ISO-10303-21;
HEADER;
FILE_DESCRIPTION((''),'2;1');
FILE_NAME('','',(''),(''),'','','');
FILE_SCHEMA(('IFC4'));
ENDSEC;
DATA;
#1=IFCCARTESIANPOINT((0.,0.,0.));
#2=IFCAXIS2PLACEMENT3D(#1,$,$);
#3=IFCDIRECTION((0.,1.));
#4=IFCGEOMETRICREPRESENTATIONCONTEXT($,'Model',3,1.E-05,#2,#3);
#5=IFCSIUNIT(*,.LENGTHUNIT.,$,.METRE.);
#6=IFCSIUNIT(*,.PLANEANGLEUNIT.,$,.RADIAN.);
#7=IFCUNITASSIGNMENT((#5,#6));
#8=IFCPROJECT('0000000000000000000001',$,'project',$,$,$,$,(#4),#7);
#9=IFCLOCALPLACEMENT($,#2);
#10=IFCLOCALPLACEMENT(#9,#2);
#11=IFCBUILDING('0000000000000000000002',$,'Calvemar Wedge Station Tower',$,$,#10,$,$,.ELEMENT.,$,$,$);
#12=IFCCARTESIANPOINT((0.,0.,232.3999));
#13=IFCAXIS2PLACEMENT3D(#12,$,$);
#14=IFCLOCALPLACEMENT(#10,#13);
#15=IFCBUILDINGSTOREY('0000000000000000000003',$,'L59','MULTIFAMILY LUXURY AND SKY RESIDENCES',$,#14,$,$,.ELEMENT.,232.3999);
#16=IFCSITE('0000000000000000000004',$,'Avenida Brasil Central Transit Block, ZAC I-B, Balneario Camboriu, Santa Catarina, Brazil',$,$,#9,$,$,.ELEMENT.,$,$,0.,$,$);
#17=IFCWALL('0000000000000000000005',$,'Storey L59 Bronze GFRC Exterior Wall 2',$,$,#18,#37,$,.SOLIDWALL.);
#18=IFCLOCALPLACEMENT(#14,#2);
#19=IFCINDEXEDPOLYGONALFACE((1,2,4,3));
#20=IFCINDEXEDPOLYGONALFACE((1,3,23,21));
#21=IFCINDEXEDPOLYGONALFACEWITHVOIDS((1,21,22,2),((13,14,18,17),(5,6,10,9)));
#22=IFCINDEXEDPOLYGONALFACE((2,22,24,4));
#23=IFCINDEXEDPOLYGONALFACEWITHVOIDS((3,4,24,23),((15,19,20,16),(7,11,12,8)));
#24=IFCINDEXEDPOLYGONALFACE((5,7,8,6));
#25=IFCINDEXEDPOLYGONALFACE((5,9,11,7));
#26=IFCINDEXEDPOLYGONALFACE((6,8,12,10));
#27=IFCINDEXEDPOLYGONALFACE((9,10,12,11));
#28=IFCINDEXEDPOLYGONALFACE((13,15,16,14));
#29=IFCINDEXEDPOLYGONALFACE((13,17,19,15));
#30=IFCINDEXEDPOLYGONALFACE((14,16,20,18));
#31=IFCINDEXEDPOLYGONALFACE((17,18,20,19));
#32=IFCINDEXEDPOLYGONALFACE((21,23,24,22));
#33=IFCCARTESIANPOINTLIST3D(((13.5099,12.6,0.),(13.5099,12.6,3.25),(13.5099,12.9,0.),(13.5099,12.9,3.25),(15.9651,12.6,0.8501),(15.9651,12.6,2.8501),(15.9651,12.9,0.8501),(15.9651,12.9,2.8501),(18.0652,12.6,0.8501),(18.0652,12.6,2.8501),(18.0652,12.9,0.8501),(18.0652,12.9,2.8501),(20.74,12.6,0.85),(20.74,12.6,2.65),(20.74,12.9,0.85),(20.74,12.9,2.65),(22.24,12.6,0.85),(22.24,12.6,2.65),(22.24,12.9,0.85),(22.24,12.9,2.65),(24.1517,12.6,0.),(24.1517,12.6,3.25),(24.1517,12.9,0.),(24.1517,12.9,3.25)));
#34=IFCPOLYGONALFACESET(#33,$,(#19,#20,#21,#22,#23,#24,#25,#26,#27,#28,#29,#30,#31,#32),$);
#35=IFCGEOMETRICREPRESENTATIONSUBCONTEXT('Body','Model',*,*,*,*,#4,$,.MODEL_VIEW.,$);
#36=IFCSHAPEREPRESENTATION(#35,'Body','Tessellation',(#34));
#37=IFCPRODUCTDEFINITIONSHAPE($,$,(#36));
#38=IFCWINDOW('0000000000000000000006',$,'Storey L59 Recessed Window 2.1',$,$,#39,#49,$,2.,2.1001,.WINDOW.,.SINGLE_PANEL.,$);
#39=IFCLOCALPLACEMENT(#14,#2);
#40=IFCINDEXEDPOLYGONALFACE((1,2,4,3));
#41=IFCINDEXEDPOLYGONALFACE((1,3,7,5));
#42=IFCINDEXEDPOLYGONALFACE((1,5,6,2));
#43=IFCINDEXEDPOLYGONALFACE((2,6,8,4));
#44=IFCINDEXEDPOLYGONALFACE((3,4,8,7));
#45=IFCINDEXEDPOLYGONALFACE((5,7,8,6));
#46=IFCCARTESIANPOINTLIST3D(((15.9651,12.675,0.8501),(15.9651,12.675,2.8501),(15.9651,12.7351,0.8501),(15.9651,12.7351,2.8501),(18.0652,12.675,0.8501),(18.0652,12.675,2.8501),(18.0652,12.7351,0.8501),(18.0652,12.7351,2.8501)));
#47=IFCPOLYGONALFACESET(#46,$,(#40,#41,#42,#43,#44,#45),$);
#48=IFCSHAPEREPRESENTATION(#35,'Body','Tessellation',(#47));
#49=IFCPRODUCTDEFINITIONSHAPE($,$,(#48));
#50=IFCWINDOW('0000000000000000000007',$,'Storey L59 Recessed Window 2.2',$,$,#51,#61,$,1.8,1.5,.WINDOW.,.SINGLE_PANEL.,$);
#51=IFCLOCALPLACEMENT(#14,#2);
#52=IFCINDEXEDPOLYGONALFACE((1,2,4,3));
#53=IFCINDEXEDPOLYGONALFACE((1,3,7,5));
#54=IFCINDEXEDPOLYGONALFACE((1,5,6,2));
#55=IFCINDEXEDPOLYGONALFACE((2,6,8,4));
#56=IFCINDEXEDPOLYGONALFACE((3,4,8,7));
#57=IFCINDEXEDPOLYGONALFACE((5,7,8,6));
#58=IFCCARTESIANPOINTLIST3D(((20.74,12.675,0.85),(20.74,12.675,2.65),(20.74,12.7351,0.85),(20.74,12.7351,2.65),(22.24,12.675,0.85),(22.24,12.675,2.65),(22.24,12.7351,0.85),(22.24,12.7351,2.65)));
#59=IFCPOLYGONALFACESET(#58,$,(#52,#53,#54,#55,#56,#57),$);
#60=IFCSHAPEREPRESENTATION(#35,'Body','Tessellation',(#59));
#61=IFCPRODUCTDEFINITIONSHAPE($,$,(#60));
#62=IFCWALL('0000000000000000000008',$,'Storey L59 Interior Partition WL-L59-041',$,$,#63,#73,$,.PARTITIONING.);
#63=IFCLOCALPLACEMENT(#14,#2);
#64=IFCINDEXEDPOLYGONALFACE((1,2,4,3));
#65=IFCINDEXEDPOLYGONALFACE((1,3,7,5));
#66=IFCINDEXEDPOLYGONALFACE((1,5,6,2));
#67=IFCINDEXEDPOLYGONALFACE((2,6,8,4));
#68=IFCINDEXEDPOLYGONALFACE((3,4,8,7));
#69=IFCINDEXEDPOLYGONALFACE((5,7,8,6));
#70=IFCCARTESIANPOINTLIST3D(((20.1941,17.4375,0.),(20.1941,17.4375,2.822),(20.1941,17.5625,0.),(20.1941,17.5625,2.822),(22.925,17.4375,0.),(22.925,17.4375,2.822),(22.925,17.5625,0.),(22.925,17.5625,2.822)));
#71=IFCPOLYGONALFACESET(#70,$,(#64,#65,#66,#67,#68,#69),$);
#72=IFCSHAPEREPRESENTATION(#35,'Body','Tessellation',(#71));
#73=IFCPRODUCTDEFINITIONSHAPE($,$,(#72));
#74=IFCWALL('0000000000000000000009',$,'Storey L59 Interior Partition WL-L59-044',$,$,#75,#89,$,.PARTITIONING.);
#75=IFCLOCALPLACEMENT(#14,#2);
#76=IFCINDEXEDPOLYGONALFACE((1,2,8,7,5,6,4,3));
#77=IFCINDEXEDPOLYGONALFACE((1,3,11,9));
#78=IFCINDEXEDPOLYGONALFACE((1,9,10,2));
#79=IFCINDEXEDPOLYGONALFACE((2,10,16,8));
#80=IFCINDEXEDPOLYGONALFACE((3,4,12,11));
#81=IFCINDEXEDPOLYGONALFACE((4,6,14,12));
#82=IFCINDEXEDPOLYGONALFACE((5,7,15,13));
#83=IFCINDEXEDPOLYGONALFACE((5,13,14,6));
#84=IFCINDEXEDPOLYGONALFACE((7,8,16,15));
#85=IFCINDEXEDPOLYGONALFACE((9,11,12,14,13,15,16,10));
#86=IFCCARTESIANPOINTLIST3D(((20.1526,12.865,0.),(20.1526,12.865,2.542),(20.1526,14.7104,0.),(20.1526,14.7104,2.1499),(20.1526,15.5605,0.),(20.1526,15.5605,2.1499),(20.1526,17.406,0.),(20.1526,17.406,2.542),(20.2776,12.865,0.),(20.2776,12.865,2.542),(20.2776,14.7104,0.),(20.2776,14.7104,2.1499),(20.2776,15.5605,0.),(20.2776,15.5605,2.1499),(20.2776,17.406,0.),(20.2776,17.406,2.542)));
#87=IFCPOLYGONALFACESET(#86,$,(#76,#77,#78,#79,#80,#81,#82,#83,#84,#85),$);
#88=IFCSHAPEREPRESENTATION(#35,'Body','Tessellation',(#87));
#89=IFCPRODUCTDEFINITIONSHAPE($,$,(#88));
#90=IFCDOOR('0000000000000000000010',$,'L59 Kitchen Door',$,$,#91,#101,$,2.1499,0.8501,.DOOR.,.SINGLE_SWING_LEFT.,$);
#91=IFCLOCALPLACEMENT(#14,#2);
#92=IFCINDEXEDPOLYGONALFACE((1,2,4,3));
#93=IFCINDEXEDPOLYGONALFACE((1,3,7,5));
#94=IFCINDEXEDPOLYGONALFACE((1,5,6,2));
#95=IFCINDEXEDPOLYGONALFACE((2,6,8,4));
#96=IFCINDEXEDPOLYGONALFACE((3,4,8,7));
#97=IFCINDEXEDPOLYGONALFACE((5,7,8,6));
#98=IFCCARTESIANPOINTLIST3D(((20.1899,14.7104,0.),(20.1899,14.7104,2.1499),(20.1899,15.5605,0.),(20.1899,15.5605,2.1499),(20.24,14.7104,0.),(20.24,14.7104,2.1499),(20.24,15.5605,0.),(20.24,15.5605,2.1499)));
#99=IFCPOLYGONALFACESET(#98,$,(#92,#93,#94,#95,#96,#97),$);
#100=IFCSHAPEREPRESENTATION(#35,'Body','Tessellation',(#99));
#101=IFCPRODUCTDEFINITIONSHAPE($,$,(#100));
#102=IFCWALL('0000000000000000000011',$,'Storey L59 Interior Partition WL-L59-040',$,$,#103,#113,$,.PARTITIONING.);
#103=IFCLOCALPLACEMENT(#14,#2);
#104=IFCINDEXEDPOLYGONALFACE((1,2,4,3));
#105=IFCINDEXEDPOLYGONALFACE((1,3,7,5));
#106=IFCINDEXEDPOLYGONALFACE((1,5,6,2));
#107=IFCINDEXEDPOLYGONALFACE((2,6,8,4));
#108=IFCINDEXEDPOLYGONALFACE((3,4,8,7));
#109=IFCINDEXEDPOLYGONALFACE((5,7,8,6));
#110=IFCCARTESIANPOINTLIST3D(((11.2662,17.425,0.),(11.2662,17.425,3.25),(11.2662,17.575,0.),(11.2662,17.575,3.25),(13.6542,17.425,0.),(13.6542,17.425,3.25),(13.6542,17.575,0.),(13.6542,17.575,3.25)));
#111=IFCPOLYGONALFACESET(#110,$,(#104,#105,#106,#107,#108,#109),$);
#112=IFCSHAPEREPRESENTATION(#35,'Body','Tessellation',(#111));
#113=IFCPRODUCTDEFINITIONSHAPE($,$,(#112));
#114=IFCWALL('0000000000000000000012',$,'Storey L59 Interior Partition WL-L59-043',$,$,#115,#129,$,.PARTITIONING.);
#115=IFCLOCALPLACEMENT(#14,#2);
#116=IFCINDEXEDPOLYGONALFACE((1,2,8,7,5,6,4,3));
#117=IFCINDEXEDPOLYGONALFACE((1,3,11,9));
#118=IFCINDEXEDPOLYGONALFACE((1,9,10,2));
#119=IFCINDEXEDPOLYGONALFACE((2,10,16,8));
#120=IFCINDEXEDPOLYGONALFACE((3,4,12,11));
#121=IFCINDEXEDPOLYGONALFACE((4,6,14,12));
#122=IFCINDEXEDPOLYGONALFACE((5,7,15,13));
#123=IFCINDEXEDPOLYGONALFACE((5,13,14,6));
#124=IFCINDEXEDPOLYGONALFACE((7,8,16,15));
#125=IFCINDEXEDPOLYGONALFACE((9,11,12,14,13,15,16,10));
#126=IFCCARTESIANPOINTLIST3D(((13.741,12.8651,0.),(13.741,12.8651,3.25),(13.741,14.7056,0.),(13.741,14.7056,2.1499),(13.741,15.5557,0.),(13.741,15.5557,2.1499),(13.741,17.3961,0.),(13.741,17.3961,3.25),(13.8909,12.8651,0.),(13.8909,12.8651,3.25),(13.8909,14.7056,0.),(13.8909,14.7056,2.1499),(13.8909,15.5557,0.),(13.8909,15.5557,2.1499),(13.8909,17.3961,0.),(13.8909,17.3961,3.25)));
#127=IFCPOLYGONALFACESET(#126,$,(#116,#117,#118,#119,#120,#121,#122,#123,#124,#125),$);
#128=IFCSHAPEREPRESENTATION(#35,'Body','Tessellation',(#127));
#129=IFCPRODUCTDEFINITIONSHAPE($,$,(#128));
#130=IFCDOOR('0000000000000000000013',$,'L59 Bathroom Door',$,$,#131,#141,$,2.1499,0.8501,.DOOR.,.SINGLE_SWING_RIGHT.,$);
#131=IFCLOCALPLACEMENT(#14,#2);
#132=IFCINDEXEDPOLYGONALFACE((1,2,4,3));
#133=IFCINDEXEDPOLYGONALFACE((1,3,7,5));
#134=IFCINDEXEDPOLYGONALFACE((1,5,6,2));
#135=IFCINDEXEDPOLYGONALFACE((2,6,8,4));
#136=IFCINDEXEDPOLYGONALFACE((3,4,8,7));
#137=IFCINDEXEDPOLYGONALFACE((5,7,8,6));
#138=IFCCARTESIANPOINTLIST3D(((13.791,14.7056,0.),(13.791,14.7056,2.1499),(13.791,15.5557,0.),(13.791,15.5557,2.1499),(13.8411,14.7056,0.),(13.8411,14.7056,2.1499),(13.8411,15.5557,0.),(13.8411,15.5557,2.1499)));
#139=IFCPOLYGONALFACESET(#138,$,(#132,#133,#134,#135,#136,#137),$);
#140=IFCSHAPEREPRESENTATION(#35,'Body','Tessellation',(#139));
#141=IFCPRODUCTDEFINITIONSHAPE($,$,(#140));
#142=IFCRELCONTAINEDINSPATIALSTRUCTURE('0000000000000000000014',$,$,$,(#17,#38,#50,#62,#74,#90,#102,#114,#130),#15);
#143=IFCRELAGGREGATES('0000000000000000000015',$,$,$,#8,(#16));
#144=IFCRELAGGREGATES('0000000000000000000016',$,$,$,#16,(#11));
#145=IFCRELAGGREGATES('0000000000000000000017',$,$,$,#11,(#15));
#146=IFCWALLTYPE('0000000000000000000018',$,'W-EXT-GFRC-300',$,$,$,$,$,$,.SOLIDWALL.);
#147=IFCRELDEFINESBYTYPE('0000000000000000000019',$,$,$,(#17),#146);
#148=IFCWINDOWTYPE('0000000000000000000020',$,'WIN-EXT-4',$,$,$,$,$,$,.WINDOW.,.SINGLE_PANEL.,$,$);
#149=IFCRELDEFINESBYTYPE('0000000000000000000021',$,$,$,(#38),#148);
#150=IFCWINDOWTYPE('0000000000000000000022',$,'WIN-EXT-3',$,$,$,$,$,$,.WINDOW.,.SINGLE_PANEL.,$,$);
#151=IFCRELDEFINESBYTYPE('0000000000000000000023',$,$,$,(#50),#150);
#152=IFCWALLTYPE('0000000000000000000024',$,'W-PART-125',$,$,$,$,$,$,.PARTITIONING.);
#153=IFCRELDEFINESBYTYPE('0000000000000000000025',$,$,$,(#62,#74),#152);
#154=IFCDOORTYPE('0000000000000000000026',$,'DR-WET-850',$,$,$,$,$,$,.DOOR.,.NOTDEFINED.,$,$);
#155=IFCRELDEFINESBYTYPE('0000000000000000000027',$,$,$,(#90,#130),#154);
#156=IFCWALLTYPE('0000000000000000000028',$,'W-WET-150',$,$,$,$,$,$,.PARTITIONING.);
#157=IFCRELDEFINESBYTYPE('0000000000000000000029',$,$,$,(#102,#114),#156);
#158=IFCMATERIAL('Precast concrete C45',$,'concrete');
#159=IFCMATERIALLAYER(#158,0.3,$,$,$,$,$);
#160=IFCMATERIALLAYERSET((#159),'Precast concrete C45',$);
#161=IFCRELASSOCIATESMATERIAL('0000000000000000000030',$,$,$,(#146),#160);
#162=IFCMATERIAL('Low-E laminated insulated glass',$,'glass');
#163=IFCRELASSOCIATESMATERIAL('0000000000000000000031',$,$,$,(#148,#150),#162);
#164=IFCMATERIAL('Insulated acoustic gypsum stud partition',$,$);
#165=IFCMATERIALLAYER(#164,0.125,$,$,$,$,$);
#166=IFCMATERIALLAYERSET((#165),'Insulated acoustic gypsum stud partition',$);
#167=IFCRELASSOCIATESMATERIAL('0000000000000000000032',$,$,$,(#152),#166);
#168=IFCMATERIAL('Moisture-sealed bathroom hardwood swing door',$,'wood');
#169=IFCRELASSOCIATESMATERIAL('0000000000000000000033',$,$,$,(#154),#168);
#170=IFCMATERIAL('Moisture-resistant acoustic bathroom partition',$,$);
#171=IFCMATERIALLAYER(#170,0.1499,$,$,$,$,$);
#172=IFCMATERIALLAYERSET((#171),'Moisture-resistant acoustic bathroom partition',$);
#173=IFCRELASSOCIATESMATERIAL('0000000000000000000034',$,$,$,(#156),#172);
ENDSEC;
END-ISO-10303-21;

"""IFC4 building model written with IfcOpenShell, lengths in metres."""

from ifc_helpers import new_model, si_unit, direction, frame, frame_2d, origin, place, context, subcontext, project, spatial, rectangle, extrude, source, transform, mapped, material, layer, layer_set, type_object, element, fill, save


model = new_model("IFC4")

# Units and contexts
model_context = context("Model", 3, precision=1e-05, world=origin(), true_north=direction((0.0, 1.0)))
body_context = subcontext(model_context, "Body", "Model", "MODEL_VIEW")
ifc_project = project(units=[si_unit("LENGTHUNIT", "METRE"), si_unit("PLANEANGLEUNIT", "RADIAN")], contexts=[model_context])

# Site, building, storey
site_placement = place(None, origin())
site = spatial("IfcSite", under=ifc_project, at=site_placement, Name="Avenida Brasil Central Transit Block, ZAC I-B, Balneario Camboriu, Santa Catarina, Brazil", CompositionType="ELEMENT", RefElevation=0.0)
building_placement = place(site_placement, origin())
building = spatial("IfcBuilding", under=site, at=building_placement, Name="Calvemar Wedge Station Tower", CompositionType="ELEMENT")
storey_placement = place(building_placement, frame((0.0, 0.0, 232.3999)))
storey = spatial("IfcBuildingStorey", under=building, at=storey_placement, Name="L59", Description="MULTIFAMILY LUXURY AND SKY RESIDENCES", CompositionType="ELEMENT", Elevation=232.3999)

# Shared definitions
ifc_material_1 = material(Name="Precast concrete C45", Category="concrete")
ifc_layer_1 = layer(ifc_material_1, 0.3)
ifc_layer_set_1 = layer_set([ifc_layer_1], Name="Precast concrete C45")
wall_type_1 = type_object("IfcWallType", Name="W-EXT-GFRC-300", PredefinedType="SOLIDWALL", material=ifc_layer_set_1)
ifc_material_2 = material(Name="Low-E laminated insulated glass", Category="glass")

# Wall, openings, windows
wall_1_placement = place(storey_placement, frame((13.51, 12.75, 0.0), z_axis=(0.0, 0.0, 1.0), x_axis=(1.0, 0.0, 0.0)))
wall_1 = element("IfcWall", 1, at=wall_1_placement, inside=storey, type_object=wall_type_1, Name="Storey L59 Bronze GFRC Exterior Wall 2", PredefinedType="SOLIDWALL", context=body_context, shape_type="SweptSolid", body=[
    extrude(rectangle(XDim=10.6418, YDim=0.3, at=frame_2d((5.3208, 0.0))), origin(), (0.0, 0.0, 1.0), 3.25),
])
shared_shape_1 = source(origin(), body_context, "Body", "SweptSolid", [
    extrude(rectangle(XDim=2.1001, YDim=2.0, at=frame_2d((1.05, 1.0))), frame((0.0, 0.1602, 0.0), z_axis=(0.0, -1.0, 0.0), x_axis=(1.0, 0.0, 0.0)), (0.0, 0.0, 1.0), 0.3201),
])
opening_1_placement = place(wall_1_placement, frame((2.4551, 0.0, 0.8501)))
opening_1 = element("IfcOpeningElement", 2, at=opening_1_placement, cuts=wall_1, PredefinedType="OPENING", context=body_context, shape_type="MappedRepresentation", body=[
    mapped(shared_shape_1, transform((0.0, 0.0, 0.0), scale=1.0)),
])
shared_shape_2 = source(origin(), body_context, "Body", "SweptSolid", [
    extrude(rectangle(XDim=1.5, YDim=1.8, at=frame_2d((0.75, 0.8999))), frame((0.0, 0.1602, 0.0), z_axis=(0.0, -1.0, 0.0), x_axis=(1.0, 0.0, 0.0)), (0.0, 0.0, 1.0), 0.3201),
])
opening_2_placement = place(wall_1_placement, frame((7.23, 0.0, 0.8501)))
opening_2 = element("IfcOpeningElement", 3, at=opening_2_placement, cuts=wall_1, PredefinedType="OPENING", context=body_context, shape_type="MappedRepresentation", body=[
    mapped(shared_shape_2, transform((0.0, 0.0, 0.0), scale=1.0)),
])
window_type_1 = type_object("IfcWindowType", Name="WIN-EXT-4", PartitioningType="SINGLE_PANEL", PredefinedType="WINDOW", material=ifc_material_2)
shared_shape_3 = source(origin(), body_context, "Body", "SweptSolid", [
    extrude(rectangle(XDim=2.1001, YDim=2.0, at=frame_2d((1.05, 1.0))), frame((0.0, -0.0149, 0.0), z_axis=(0.0, -1.0, 0.0), x_axis=(1.0, 0.0, 0.0)), (0.0, 0.0, 1.0), 0.0601),
])
window_1_placement = place(opening_1_placement, origin())
window_1 = element("IfcWindow", 4, at=window_1_placement, inside=storey, type_object=window_type_1, Name="Storey L59 Recessed Window 2.1", OverallHeight=2.0, OverallWidth=2.1001, PartitioningType="SINGLE_PANEL", PredefinedType="WINDOW", context=body_context, shape_type="MappedRepresentation", body=[
    mapped(shared_shape_3, transform((0.0, 0.0, 0.0), scale=1.0)),
])
fill(opening_1, window_1)
window_type_2 = type_object("IfcWindowType", Name="WIN-EXT-3", PartitioningType="SINGLE_PANEL", PredefinedType="WINDOW", material=ifc_material_2)
shared_shape_4 = source(origin(), body_context, "Body", "SweptSolid", [
    extrude(rectangle(XDim=1.5, YDim=1.8, at=frame_2d((0.75, 0.8999))), frame((0.0, -0.0149, 0.0), z_axis=(0.0, -1.0, 0.0), x_axis=(1.0, 0.0, 0.0)), (0.0, 0.0, 1.0), 0.0601),
])
window_2_placement = place(opening_2_placement, origin())
window_2 = element("IfcWindow", 5, at=window_2_placement, inside=storey, type_object=window_type_2, Name="Storey L59 Recessed Window 2.2", OverallHeight=1.8, OverallWidth=1.5, PartitioningType="SINGLE_PANEL", PredefinedType="WINDOW", context=body_context, shape_type="MappedRepresentation", body=[
    mapped(shared_shape_4, transform((0.0, 0.0, 0.0), scale=1.0)),
])
fill(opening_2, window_2)

# Wall
ifc_material_3 = material(Name="Insulated acoustic gypsum stud partition")
ifc_layer_2 = layer(ifc_material_3, 0.125)
ifc_layer_set_2 = layer_set([ifc_layer_2], Name="Insulated acoustic gypsum stud partition")
wall_type_2 = type_object("IfcWallType", Name="W-PART-125", PredefinedType="PARTITIONING", material=ifc_layer_set_2)
wall_2_placement = place(storey_placement, frame((22.925, 17.5, 0.0), z_axis=(0.0, 0.0, 1.0), x_axis=(-1.0, 0.0, 0.0)))
element("IfcWall", 6, at=wall_2_placement, inside=storey, type_object=wall_type_2, Name="Storey L59 Interior Partition WL-L59-041", PredefinedType="PARTITIONING", context=body_context, shape_type="SweptSolid", body=[
    extrude(rectangle(XDim=2.731, YDim=0.125, at=frame_2d((1.3655, 0.0))), origin(), (0.0, 0.0, 1.0), 2.822),
])

# Wall, opening, door
wall_3_placement = place(storey_placement, frame((20.2151, 17.406, 0.0), z_axis=(0.0, 0.0, 1.0), x_axis=(0.0, -1.0, 0.0)))
wall_3 = element("IfcWall", 7, at=wall_3_placement, inside=storey, type_object=wall_type_2, Name="Storey L59 Interior Partition WL-L59-044", PredefinedType="PARTITIONING", context=body_context, shape_type="SweptSolid", body=[
    extrude(rectangle(XDim=4.541, YDim=0.125, at=frame_2d((2.2705, 0.0))), origin(), (0.0, 0.0, 1.0), 2.542),
])
shared_shape_5 = source(origin(), body_context, "Body", "SweptSolid", [
    extrude(rectangle(XDim=0.8501, YDim=2.1499, at=frame_2d((0.425, 1.075))), frame((0.0, 0.0725, 0.0), z_axis=(0.0, -1.0, 0.0), x_axis=(1.0, 0.0, 0.0)), (0.0, 0.0, 1.0), 0.145),
])
opening_3_placement = place(wall_3_placement, frame((1.8455, 0.0, 0.0)))
opening_3 = element("IfcOpeningElement", 8, at=opening_3_placement, cuts=wall_3, PredefinedType="OPENING", context=body_context, shape_type="MappedRepresentation", body=[
    mapped(shared_shape_5, transform((0.0, 0.0, 0.0), scale=1.0)),
])
ifc_material_4 = material(Name="Moisture-sealed bathroom hardwood swing door", Category="wood")
door_type_1 = type_object("IfcDoorType", Name="DR-WET-850", OperationType="NOTDEFINED", PredefinedType="DOOR", material=ifc_material_4)
shared_shape_6 = source(origin(), body_context, "Body", "SweptSolid", [
    extrude(rectangle(XDim=0.8501, YDim=2.1499, at=frame_2d((0.425, 1.075))), frame((0.0, 0.0249, 0.0), z_axis=(0.0, -1.0, 0.0), x_axis=(1.0, 0.0, 0.0)), (0.0, 0.0, 1.0), 0.05),
])
door_1_placement = place(opening_3_placement, origin())
door_1 = element("IfcDoor", 9, at=door_1_placement, inside=storey, type_object=door_type_1, Name="L59 Kitchen Door", OperationType="SINGLE_SWING_LEFT", OverallHeight=2.1499, OverallWidth=0.8501, PredefinedType="DOOR", context=body_context, shape_type="MappedRepresentation", body=[
    mapped(shared_shape_6, transform((0.0, 0.0, 0.0), scale=1.0)),
])
fill(opening_3, door_1)

# Wall
ifc_material_5 = material(Name="Moisture-resistant acoustic bathroom partition")
ifc_layer_3 = layer(ifc_material_5, 0.1499)
ifc_layer_set_3 = layer_set([ifc_layer_3], Name="Moisture-resistant acoustic bathroom partition")
wall_type_3 = type_object("IfcWallType", Name="W-WET-150", PredefinedType="PARTITIONING", material=ifc_layer_set_3)
wall_4_placement = place(storey_placement, frame((13.6541, 17.5, 0.0), z_axis=(0.0, 0.0, 1.0), x_axis=(-1.0, 0.0, 0.0)))
element("IfcWall", 10, at=wall_4_placement, inside=storey, type_object=wall_type_3, Name="Storey L59 Interior Partition WL-L59-040", PredefinedType="PARTITIONING", context=body_context, shape_type="SweptSolid", body=[
    extrude(rectangle(XDim=2.3879, YDim=0.1499, at=frame_2d((1.1938, 0.0))), origin(), (0.0, 0.0, 1.0), 3.25),
])

# Wall, opening, door
wall_5_placement = place(storey_placement, frame((13.8159, 12.865, 0.0), z_axis=(0.0, 0.0, 1.0), x_axis=(0.0, 1.0, 0.0)))
wall_5 = element("IfcWall", 11, at=wall_5_placement, inside=storey, type_object=wall_type_3, Name="Storey L59 Interior Partition WL-L59-043", PredefinedType="PARTITIONING", context=body_context, shape_type="SweptSolid", body=[
    extrude(rectangle(XDim=4.531, YDim=0.1499, at=frame_2d((2.2656, 0.0))), origin(), (0.0, 0.0, 1.0), 3.25),
])
shared_shape_7 = source(origin(), body_context, "Body", "SweptSolid", [
    extrude(rectangle(XDim=0.8501, YDim=2.1499, at=frame_2d((0.425, 1.075))), frame((0.0, 0.085, 0.0), z_axis=(0.0, -1.0, 0.0), x_axis=(1.0, 0.0, 0.0)), (0.0, 0.0, 1.0), 0.1699),
])
opening_4_placement = place(wall_5_placement, frame((1.8406, 0.0, 0.0)))
opening_4 = element("IfcOpeningElement", 12, at=opening_4_placement, cuts=wall_5, PredefinedType="OPENING", context=body_context, shape_type="MappedRepresentation", body=[
    mapped(shared_shape_7, transform((0.0, 0.0, 0.0), scale=1.0)),
])
door_2_placement = place(opening_4_placement, origin())
door_2 = element("IfcDoor", 13, at=door_2_placement, inside=storey, type_object=door_type_1, Name="L59 Bathroom Door", OperationType="SINGLE_SWING_RIGHT", OverallHeight=2.1499, OverallWidth=0.8501, PredefinedType="DOOR", context=body_context, shape_type="MappedRepresentation", body=[
    mapped(shared_shape_6, transform((0.0, 0.0, 0.0), scale=1.0)),
])
fill(opening_4, door_2)

save(model, "model.ifc")
